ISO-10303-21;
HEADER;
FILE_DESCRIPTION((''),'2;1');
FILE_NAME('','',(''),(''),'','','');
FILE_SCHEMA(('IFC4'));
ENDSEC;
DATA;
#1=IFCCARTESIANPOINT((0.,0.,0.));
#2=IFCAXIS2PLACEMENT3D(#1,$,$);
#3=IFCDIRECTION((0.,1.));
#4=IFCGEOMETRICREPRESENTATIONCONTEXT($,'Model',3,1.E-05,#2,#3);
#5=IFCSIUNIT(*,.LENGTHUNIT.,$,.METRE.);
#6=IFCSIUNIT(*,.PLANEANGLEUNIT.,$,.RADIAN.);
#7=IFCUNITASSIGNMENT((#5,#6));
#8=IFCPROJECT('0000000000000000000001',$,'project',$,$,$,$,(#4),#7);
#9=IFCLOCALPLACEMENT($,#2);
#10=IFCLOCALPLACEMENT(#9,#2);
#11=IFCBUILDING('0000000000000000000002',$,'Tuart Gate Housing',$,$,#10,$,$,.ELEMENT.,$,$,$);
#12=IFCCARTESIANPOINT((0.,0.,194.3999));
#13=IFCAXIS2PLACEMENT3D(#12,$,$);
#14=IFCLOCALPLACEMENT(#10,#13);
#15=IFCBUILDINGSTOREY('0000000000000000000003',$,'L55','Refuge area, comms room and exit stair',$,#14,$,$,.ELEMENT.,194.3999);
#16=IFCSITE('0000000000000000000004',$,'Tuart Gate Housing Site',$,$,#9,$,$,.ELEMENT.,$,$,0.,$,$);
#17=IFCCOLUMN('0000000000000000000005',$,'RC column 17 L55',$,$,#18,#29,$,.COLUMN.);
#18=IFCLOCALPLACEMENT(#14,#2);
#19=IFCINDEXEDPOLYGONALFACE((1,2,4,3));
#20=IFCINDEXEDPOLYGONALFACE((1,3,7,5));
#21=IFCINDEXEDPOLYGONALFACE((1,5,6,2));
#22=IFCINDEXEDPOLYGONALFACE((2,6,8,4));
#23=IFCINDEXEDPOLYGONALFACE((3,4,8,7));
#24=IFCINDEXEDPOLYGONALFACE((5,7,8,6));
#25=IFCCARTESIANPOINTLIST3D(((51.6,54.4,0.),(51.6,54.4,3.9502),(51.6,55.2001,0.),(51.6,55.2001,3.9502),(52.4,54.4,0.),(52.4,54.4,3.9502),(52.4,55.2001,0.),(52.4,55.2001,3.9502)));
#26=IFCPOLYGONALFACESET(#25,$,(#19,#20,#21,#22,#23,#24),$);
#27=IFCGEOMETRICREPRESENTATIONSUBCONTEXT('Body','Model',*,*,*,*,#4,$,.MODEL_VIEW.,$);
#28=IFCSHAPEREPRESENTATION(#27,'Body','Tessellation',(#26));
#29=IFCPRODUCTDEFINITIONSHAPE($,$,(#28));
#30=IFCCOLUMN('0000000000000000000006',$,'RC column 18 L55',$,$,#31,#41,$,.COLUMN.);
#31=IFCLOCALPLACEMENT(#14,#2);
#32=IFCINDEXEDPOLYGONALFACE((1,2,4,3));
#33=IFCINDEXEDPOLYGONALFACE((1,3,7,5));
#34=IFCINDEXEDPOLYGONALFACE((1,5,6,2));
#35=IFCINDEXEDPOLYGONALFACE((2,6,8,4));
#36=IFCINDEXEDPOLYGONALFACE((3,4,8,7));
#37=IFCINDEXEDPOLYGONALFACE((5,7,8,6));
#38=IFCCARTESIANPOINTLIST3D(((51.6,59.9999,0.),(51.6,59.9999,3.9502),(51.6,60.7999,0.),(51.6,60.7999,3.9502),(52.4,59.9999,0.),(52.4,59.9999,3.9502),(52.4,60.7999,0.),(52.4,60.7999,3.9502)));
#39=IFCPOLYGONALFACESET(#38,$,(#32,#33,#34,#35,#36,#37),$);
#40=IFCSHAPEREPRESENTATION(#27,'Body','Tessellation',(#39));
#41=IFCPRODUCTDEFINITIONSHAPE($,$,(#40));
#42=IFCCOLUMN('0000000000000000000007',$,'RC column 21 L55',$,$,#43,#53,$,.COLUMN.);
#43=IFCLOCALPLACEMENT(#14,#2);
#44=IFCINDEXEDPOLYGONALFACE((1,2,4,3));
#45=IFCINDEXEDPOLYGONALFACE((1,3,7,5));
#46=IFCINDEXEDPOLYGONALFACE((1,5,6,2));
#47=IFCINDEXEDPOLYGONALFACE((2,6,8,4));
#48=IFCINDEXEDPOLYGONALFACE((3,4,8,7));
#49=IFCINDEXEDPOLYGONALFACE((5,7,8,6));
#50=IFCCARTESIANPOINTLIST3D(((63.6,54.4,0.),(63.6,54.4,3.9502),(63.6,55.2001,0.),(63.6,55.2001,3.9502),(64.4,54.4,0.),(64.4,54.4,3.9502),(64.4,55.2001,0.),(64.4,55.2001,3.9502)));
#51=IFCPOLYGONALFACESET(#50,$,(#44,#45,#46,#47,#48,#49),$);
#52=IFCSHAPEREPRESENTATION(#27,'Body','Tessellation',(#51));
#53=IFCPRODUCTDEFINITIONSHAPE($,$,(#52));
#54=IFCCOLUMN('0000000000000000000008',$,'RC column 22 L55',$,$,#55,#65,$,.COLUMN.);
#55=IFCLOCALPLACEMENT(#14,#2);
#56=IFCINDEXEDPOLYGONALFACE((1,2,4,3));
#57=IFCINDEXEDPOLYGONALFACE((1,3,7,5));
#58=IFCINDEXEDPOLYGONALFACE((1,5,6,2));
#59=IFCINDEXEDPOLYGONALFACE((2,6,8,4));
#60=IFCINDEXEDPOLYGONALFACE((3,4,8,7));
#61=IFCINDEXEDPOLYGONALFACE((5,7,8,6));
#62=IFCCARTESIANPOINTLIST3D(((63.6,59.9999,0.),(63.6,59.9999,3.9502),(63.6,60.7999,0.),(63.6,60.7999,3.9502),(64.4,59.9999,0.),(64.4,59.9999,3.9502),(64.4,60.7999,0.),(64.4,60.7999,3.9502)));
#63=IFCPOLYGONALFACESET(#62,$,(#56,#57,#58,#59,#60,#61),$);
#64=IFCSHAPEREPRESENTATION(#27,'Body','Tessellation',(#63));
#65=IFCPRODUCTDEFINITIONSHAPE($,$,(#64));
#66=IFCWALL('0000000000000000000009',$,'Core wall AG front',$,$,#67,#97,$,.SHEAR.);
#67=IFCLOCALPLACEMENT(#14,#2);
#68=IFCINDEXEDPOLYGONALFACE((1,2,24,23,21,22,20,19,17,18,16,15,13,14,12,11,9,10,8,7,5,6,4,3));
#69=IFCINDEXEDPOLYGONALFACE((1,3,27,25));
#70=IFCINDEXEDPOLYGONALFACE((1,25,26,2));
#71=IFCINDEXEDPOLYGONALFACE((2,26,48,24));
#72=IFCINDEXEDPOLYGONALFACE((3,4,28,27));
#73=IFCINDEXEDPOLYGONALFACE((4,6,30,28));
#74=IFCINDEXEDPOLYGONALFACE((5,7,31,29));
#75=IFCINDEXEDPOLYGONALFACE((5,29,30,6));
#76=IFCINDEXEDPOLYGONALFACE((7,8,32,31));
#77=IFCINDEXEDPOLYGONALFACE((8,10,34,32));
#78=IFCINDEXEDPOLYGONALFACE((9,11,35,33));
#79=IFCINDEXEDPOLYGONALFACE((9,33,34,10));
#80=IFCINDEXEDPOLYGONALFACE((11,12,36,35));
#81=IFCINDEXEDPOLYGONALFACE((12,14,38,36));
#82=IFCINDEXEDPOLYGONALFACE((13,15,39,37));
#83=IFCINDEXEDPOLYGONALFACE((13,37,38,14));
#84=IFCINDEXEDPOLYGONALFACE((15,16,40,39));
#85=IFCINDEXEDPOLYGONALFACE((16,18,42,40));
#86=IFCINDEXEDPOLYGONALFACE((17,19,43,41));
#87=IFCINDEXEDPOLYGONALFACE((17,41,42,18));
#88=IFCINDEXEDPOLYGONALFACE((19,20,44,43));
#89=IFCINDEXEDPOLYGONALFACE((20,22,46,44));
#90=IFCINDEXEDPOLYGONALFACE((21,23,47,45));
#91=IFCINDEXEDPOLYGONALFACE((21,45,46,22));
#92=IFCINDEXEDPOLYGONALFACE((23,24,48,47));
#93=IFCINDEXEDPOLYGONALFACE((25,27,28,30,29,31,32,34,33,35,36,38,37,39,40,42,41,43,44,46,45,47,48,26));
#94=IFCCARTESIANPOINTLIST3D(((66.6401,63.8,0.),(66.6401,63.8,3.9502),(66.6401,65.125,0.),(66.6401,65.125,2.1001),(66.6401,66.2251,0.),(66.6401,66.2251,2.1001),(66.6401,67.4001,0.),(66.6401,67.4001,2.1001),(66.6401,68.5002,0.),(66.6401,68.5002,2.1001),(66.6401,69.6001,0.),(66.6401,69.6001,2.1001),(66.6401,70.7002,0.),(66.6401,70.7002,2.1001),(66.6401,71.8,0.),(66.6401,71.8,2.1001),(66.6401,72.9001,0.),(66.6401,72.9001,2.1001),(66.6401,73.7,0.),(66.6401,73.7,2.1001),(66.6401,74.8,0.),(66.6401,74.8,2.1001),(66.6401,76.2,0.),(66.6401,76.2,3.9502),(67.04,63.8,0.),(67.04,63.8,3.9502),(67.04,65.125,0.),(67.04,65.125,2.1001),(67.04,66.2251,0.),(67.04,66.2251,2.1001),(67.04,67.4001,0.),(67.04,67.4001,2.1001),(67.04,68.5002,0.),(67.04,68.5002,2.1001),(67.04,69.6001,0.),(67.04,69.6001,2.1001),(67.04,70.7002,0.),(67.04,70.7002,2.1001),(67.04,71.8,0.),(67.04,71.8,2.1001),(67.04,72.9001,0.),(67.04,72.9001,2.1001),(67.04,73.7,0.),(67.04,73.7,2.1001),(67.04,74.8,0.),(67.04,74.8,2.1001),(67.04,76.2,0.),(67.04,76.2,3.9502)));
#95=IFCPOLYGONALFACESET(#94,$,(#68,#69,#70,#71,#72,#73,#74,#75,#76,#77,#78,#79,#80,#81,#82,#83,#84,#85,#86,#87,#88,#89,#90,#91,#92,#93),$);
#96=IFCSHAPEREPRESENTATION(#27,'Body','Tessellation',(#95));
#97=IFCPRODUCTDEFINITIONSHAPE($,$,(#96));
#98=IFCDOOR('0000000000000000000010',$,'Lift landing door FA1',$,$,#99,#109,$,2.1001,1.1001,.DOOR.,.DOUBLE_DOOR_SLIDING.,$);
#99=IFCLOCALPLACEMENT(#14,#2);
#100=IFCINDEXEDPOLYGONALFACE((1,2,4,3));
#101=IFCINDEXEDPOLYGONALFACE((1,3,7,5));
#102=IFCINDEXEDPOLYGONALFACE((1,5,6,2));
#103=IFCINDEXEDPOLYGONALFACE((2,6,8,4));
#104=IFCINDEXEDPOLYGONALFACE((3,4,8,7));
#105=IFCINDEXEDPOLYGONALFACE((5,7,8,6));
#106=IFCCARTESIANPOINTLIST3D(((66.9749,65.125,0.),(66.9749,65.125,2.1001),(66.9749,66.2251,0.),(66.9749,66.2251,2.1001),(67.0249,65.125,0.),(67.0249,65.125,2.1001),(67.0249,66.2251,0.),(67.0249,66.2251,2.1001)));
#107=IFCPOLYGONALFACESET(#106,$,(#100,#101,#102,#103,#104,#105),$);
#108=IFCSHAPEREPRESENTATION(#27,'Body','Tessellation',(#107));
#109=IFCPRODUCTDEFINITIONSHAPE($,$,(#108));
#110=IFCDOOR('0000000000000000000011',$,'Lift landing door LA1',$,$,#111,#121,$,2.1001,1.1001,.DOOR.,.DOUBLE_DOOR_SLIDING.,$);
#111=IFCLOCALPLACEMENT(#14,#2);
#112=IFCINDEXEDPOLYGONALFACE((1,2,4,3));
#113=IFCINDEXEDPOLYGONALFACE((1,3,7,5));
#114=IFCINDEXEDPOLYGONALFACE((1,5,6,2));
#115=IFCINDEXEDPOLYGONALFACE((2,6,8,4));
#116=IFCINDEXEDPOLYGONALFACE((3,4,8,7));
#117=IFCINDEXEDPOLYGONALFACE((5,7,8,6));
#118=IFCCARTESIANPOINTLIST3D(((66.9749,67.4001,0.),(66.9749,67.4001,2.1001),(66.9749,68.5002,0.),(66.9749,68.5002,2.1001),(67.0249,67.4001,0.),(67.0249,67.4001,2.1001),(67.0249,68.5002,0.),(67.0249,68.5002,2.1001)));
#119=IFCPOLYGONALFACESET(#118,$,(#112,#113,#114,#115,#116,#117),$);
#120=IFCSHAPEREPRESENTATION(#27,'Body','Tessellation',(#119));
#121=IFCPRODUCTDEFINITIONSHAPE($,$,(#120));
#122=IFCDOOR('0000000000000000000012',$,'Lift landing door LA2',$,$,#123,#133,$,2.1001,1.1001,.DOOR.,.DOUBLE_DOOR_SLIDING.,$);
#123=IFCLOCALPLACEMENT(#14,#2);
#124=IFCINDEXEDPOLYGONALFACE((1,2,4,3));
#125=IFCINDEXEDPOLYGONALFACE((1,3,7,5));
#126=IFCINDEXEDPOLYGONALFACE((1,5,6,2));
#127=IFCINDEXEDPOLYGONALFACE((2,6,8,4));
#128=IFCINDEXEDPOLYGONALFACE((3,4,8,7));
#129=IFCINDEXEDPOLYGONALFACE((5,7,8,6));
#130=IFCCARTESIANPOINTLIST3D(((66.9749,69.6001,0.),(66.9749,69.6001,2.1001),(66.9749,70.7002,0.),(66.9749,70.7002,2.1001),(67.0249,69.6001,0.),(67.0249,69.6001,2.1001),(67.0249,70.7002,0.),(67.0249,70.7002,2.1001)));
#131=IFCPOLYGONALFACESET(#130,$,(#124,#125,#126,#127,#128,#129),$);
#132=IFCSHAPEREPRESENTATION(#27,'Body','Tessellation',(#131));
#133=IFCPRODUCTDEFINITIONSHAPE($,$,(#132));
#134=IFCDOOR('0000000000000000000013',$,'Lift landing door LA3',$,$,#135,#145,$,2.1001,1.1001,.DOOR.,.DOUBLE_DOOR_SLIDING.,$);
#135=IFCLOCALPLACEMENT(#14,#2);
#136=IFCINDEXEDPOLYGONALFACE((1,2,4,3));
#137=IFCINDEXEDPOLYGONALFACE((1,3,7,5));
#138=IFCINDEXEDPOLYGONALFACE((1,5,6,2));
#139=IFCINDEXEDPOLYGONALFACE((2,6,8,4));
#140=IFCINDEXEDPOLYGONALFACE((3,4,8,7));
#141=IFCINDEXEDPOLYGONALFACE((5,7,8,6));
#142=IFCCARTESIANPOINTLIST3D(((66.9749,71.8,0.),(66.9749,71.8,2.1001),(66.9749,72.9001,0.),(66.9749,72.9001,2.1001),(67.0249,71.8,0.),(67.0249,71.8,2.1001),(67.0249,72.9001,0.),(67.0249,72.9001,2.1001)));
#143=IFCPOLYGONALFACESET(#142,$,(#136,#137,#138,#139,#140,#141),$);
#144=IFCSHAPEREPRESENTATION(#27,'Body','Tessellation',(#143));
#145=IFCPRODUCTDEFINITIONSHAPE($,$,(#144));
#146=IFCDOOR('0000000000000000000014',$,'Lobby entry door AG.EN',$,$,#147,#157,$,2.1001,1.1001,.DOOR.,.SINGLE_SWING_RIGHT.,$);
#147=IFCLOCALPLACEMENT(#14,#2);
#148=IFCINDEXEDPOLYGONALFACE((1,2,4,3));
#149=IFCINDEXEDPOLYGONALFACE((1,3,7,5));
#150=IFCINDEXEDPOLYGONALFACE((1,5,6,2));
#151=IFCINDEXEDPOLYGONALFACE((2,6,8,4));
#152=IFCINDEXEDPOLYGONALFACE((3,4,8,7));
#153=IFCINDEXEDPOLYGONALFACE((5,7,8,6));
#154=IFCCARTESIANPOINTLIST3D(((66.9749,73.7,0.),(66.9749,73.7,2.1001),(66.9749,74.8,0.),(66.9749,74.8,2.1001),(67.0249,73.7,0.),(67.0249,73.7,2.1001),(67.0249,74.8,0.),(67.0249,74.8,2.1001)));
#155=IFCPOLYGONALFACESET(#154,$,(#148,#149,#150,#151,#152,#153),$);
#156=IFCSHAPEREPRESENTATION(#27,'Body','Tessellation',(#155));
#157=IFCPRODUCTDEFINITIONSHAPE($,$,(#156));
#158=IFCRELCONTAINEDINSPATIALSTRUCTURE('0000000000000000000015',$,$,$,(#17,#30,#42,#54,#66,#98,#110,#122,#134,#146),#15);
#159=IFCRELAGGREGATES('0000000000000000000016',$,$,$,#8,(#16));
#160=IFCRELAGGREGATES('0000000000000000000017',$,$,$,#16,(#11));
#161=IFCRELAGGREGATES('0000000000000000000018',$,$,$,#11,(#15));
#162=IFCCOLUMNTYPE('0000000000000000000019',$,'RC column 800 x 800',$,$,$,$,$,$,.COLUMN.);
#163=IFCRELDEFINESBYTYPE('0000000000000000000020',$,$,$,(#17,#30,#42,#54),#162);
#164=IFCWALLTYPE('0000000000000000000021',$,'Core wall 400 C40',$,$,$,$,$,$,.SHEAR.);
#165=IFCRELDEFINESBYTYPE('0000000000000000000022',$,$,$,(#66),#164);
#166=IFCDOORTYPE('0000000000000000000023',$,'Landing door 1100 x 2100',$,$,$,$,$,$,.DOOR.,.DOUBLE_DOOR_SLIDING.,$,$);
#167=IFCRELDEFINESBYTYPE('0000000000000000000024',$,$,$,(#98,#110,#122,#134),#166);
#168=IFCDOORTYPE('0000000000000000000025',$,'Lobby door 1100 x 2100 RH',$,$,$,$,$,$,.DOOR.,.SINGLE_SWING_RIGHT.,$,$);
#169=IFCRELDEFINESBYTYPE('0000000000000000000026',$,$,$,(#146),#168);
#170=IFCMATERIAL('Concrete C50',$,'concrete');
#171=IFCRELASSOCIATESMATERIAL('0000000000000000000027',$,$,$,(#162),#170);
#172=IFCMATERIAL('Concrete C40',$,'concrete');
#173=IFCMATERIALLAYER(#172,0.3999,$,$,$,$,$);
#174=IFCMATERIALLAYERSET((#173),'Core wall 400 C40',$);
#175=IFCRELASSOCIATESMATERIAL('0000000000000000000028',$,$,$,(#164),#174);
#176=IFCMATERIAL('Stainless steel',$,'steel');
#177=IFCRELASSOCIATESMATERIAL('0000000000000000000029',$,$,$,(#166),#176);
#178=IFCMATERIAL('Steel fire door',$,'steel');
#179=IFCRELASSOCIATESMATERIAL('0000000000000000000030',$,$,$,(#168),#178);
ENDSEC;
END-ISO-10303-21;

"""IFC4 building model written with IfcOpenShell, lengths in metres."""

from ifc_helpers import new_model, si_unit, direction, frame, frame_2d, origin, origin_2d, place, context, subcontext, project, spatial, rectangle, extrude, material, layer, layer_set, material_profile, profile_set, type_object, element, fill, save


model = new_model("IFC4")

# Units and contexts
model_context = context("Model", 3, precision=1e-05, world=origin(), true_north=direction((0.0, 1.0)))
body_context = subcontext(model_context, "Body", "Model", "MODEL_VIEW")
ifc_project = project(units=[si_unit("LENGTHUNIT", "METRE"), si_unit("PLANEANGLEUNIT", "RADIAN")], contexts=[model_context])

# Site, building, storey
site_placement = place(None, origin())
site = spatial("IfcSite", under=ifc_project, at=site_placement, Name="Tuart Gate Housing Site", CompositionType="ELEMENT", RefElevation=0.0)
building_placement = place(site_placement, origin())
building = spatial("IfcBuilding", under=site, at=building_placement, Name="Tuart Gate Housing", CompositionType="ELEMENT")
storey_placement = place(building_placement, frame((0.0, 0.0, 194.3999)))
storey = spatial("IfcBuildingStorey", under=building, at=storey_placement, Name="L55", Description="Refuge area, comms room and exit stair", CompositionType="ELEMENT", Elevation=194.3999)

# Columns
ifc_material_1 = material(Name="Concrete C50", Category="concrete")
ifc_material_profile = material_profile(ifc_material_1, rectangle(XDim=0.8, YDim=0.8, at=origin_2d()), Name="RC column 800 x 800")
ifc_profile_set = profile_set([ifc_material_profile], Name="Concrete C50")
column_type = type_object("IfcColumnType", Name="RC column 800 x 800", PredefinedType="COLUMN", material=ifc_profile_set)
for number, where, z_axis, x_axis, name in (
    (1, (52.0, 54.8, 0.0), (0.0, 0.0, 1.0), (1.0, 0.0, 0.0), "RC column 17 L55"),
    (2, (52.0, 60.3999, 0.0), (0.0, 0.0, 1.0), (1.0, 0.0, 0.0), "RC column 18 L55"),
    (3, (64.0, 54.8, 0.0), (0.0, 0.0, 1.0), (1.0, 0.0, 0.0), "RC column 21 L55"),
    (4, (64.0, 60.3999, 0.0), (0.0, 0.0, 1.0), (1.0, 0.0, 0.0), "RC column 22 L55"),
):
    element("IfcColumn", number, at=place(storey_placement, frame(where, z_axis=z_axis, x_axis=x_axis)), inside=storey, type_object=column_type, Name=name, PredefinedType="COLUMN", context=body_context, shape_type="SweptSolid", body=[
        extrude(rectangle(XDim=0.8, YDim=0.8, at=origin_2d()), origin(), (0.0, 0.0, 1.0), 3.9502),
    ])

# Wall, openings, doors
ifc_material_2 = material(Name="Concrete C40", Category="concrete")
ifc_layer_1 = layer(ifc_material_2, 0.3999)
ifc_layer_set_1 = layer_set([ifc_layer_1], Name="Core wall 400 C40")
wall_type_1 = type_object("IfcWallType", Name="Core wall 400 C40", PredefinedType="SHEAR", material=ifc_layer_set_1)
wall_1_placement = place(storey_placement, frame((66.8401, 63.8, 0.0), z_axis=(0.0, 0.0, 1.0), x_axis=(0.0, 1.0, 0.0)))
wall_1 = element("IfcWall", 5, at=wall_1_placement, inside=storey, type_object=wall_type_1, Name="Core wall AG front", PredefinedType="SHEAR", context=body_context, shape_type="SweptSolid", body=[
    extrude(rectangle(XDim=12.3999, YDim=0.3999, at=frame_2d((6.2, 0.0))), origin(), (0.0, 0.0, 1.0), 3.9502),
])
opening_1_placement = place(wall_1_placement, frame((1.325, 0.0, 0.0)))
opening_1 = element("IfcOpeningElement", 6, at=opening_1_placement, cuts=wall_1, PredefinedType="OPENING", context=body_context, shape_type="SweptSolid", body=[
    extrude(rectangle(XDim=1.1001, YDim=2.1001, at=frame_2d((0.55, 1.05))), frame((0.0, 0.21, 0.0), z_axis=(0.0, -1.0, 0.0), x_axis=(1.0, 0.0, 0.0)), (0.0, 0.0, 1.0), 0.4199),
])
opening_2_placement = place(wall_1_placement, frame((3.6001, 0.0, 0.0)))
opening_2 = element("IfcOpeningElement", 7, at=opening_2_placement, cuts=wall_1, PredefinedType="OPENING", context=body_context, shape_type="SweptSolid", body=[
    extrude(rectangle(XDim=1.1001, YDim=2.1001, at=frame_2d((0.55, 1.05))), frame((0.0, 0.21, 0.0), z_axis=(0.0, -1.0, 0.0), x_axis=(1.0, 0.0, 0.0)), (0.0, 0.0, 1.0), 0.4199),
])
opening_3_placement = place(wall_1_placement, frame((5.8, 0.0, 0.0)))
opening_3 = element("IfcOpeningElement", 8, at=opening_3_placement, cuts=wall_1, PredefinedType="OPENING", context=body_context, shape_type="SweptSolid", body=[
    extrude(rectangle(XDim=1.1001, YDim=2.1001, at=frame_2d((0.55, 1.05))), frame((0.0, 0.21, 0.0), z_axis=(0.0, -1.0, 0.0), x_axis=(1.0, 0.0, 0.0)), (0.0, 0.0, 1.0), 0.4199),
])
opening_4_placement = place(wall_1_placement, frame((8.0, 0.0, 0.0)))
opening_4 = element("IfcOpeningElement", 9, at=opening_4_placement, cuts=wall_1, PredefinedType="OPENING", context=body_context, shape_type="SweptSolid", body=[
    extrude(rectangle(XDim=1.1001, YDim=2.1001, at=frame_2d((0.55, 1.05))), frame((0.0, 0.21, 0.0), z_axis=(0.0, -1.0, 0.0), x_axis=(1.0, 0.0, 0.0)), (0.0, 0.0, 1.0), 0.4199),
])
opening_5_placement = place(wall_1_placement, frame((9.8999, 0.0, 0.0)))
opening_5 = element("IfcOpeningElement", 10, at=opening_5_placement, cuts=wall_1, PredefinedType="OPENING", context=body_context, shape_type="SweptSolid", body=[
    extrude(rectangle(XDim=1.1001, YDim=2.1001, at=frame_2d((0.55, 1.05))), frame((0.0, 0.21, 0.0), z_axis=(0.0, -1.0, 0.0), x_axis=(1.0, 0.0, 0.0)), (0.0, 0.0, 1.0), 0.4199),
])
ifc_material_3 = material(Name="Stainless steel", Category="steel")
door_type_1 = type_object("IfcDoorType", Name="Landing door 1100 x 2100", OperationType="DOUBLE_DOOR_SLIDING", PredefinedType="DOOR", material=ifc_material_3)
door_1_placement = place(opening_1_placement, origin())
door_1 = element("IfcDoor", 11, at=door_1_placement, inside=storey, type_object=door_type_1, Name="Lift landing door FA1", OperationType="DOUBLE_DOOR_SLIDING", OverallHeight=2.1001, OverallWidth=1.1001, PredefinedType="DOOR", context=body_context, shape_type="SweptSolid", body=[
    extrude(rectangle(XDim=1.1001, YDim=2.1001, at=frame_2d((0.55, 1.05))), frame((0.0, -0.1348, 0.0), z_axis=(0.0, -1.0, 0.0), x_axis=(1.0, 0.0, 0.0)), (0.0, 0.0, 1.0), 0.05),
])
fill(opening_1, door_1)
door_2_placement = place(opening_2_placement, origin())
door_2 = element("IfcDoor", 12, at=door_2_placement, inside=storey, type_object=door_type_1, Name="Lift landing door LA1", OperationType="DOUBLE_DOOR_SLIDING", OverallHeight=2.1001, OverallWidth=1.1001, PredefinedType="DOOR", context=body_context, shape_type="SweptSolid", body=[
    extrude(rectangle(XDim=1.1001, YDim=2.1001, at=frame_2d((0.55, 1.05))), frame((0.0, -0.1348, 0.0), z_axis=(0.0, -1.0, 0.0), x_axis=(1.0, 0.0, 0.0)), (0.0, 0.0, 1.0), 0.05),
])
fill(opening_2, door_2)
door_3_placement = place(opening_3_placement, origin())
door_3 = element("IfcDoor", 13, at=door_3_placement, inside=storey, type_object=door_type_1, Name="Lift landing door LA2", OperationType="DOUBLE_DOOR_SLIDING", OverallHeight=2.1001, OverallWidth=1.1001, PredefinedType="DOOR", context=body_context, shape_type="SweptSolid", body=[
    extrude(rectangle(XDim=1.1001, YDim=2.1001, at=frame_2d((0.55, 1.05))), frame((0.0, -0.1348, 0.0), z_axis=(0.0, -1.0, 0.0), x_axis=(1.0, 0.0, 0.0)), (0.0, 0.0, 1.0), 0.05),
])
fill(opening_3, door_3)
door_4_placement = place(opening_4_placement, origin())
door_4 = element("IfcDoor", 14, at=door_4_placement, inside=storey, type_object=door_type_1, Name="Lift landing door LA3", OperationType="DOUBLE_DOOR_SLIDING", OverallHeight=2.1001, OverallWidth=1.1001, PredefinedType="DOOR", context=body_context, shape_type="SweptSolid", body=[
    extrude(rectangle(XDim=1.1001, YDim=2.1001, at=frame_2d((0.55, 1.05))), frame((0.0, -0.1348, 0.0), z_axis=(0.0, -1.0, 0.0), x_axis=(1.0, 0.0, 0.0)), (0.0, 0.0, 1.0), 0.05),
])
fill(opening_4, door_4)
ifc_material_4 = material(Name="Steel fire door", Category="steel")
door_type_2 = type_object("IfcDoorType", Name="Lobby door 1100 x 2100 RH", OperationType="SINGLE_SWING_RIGHT", PredefinedType="DOOR", material=ifc_material_4)
door_5_placement = place(opening_5_placement, frame((1.1001, 0.0, 0.0), z_axis=(0.0, 0.0, 1.0), x_axis=(-1.0, 0.0, 0.0)))
door_5 = element("IfcDoor", 15, at=door_5_placement, inside=storey, type_object=door_type_2, Name="Lobby entry door AG.EN", OperationType="SINGLE_SWING_RIGHT", OverallHeight=2.1001, OverallWidth=1.1001, PredefinedType="DOOR", context=body_context, shape_type="SweptSolid", body=[
    extrude(rectangle(XDim=1.1001, YDim=2.1001, at=frame_2d((0.55, 1.05))), frame((0.0, 0.1848, 0.0), z_axis=(0.0, -1.0, 0.0), x_axis=(1.0, 0.0, 0.0)), (0.0, 0.0, 1.0), 0.05),
])
fill(opening_5, door_5)

save(model, "model.ifc")
